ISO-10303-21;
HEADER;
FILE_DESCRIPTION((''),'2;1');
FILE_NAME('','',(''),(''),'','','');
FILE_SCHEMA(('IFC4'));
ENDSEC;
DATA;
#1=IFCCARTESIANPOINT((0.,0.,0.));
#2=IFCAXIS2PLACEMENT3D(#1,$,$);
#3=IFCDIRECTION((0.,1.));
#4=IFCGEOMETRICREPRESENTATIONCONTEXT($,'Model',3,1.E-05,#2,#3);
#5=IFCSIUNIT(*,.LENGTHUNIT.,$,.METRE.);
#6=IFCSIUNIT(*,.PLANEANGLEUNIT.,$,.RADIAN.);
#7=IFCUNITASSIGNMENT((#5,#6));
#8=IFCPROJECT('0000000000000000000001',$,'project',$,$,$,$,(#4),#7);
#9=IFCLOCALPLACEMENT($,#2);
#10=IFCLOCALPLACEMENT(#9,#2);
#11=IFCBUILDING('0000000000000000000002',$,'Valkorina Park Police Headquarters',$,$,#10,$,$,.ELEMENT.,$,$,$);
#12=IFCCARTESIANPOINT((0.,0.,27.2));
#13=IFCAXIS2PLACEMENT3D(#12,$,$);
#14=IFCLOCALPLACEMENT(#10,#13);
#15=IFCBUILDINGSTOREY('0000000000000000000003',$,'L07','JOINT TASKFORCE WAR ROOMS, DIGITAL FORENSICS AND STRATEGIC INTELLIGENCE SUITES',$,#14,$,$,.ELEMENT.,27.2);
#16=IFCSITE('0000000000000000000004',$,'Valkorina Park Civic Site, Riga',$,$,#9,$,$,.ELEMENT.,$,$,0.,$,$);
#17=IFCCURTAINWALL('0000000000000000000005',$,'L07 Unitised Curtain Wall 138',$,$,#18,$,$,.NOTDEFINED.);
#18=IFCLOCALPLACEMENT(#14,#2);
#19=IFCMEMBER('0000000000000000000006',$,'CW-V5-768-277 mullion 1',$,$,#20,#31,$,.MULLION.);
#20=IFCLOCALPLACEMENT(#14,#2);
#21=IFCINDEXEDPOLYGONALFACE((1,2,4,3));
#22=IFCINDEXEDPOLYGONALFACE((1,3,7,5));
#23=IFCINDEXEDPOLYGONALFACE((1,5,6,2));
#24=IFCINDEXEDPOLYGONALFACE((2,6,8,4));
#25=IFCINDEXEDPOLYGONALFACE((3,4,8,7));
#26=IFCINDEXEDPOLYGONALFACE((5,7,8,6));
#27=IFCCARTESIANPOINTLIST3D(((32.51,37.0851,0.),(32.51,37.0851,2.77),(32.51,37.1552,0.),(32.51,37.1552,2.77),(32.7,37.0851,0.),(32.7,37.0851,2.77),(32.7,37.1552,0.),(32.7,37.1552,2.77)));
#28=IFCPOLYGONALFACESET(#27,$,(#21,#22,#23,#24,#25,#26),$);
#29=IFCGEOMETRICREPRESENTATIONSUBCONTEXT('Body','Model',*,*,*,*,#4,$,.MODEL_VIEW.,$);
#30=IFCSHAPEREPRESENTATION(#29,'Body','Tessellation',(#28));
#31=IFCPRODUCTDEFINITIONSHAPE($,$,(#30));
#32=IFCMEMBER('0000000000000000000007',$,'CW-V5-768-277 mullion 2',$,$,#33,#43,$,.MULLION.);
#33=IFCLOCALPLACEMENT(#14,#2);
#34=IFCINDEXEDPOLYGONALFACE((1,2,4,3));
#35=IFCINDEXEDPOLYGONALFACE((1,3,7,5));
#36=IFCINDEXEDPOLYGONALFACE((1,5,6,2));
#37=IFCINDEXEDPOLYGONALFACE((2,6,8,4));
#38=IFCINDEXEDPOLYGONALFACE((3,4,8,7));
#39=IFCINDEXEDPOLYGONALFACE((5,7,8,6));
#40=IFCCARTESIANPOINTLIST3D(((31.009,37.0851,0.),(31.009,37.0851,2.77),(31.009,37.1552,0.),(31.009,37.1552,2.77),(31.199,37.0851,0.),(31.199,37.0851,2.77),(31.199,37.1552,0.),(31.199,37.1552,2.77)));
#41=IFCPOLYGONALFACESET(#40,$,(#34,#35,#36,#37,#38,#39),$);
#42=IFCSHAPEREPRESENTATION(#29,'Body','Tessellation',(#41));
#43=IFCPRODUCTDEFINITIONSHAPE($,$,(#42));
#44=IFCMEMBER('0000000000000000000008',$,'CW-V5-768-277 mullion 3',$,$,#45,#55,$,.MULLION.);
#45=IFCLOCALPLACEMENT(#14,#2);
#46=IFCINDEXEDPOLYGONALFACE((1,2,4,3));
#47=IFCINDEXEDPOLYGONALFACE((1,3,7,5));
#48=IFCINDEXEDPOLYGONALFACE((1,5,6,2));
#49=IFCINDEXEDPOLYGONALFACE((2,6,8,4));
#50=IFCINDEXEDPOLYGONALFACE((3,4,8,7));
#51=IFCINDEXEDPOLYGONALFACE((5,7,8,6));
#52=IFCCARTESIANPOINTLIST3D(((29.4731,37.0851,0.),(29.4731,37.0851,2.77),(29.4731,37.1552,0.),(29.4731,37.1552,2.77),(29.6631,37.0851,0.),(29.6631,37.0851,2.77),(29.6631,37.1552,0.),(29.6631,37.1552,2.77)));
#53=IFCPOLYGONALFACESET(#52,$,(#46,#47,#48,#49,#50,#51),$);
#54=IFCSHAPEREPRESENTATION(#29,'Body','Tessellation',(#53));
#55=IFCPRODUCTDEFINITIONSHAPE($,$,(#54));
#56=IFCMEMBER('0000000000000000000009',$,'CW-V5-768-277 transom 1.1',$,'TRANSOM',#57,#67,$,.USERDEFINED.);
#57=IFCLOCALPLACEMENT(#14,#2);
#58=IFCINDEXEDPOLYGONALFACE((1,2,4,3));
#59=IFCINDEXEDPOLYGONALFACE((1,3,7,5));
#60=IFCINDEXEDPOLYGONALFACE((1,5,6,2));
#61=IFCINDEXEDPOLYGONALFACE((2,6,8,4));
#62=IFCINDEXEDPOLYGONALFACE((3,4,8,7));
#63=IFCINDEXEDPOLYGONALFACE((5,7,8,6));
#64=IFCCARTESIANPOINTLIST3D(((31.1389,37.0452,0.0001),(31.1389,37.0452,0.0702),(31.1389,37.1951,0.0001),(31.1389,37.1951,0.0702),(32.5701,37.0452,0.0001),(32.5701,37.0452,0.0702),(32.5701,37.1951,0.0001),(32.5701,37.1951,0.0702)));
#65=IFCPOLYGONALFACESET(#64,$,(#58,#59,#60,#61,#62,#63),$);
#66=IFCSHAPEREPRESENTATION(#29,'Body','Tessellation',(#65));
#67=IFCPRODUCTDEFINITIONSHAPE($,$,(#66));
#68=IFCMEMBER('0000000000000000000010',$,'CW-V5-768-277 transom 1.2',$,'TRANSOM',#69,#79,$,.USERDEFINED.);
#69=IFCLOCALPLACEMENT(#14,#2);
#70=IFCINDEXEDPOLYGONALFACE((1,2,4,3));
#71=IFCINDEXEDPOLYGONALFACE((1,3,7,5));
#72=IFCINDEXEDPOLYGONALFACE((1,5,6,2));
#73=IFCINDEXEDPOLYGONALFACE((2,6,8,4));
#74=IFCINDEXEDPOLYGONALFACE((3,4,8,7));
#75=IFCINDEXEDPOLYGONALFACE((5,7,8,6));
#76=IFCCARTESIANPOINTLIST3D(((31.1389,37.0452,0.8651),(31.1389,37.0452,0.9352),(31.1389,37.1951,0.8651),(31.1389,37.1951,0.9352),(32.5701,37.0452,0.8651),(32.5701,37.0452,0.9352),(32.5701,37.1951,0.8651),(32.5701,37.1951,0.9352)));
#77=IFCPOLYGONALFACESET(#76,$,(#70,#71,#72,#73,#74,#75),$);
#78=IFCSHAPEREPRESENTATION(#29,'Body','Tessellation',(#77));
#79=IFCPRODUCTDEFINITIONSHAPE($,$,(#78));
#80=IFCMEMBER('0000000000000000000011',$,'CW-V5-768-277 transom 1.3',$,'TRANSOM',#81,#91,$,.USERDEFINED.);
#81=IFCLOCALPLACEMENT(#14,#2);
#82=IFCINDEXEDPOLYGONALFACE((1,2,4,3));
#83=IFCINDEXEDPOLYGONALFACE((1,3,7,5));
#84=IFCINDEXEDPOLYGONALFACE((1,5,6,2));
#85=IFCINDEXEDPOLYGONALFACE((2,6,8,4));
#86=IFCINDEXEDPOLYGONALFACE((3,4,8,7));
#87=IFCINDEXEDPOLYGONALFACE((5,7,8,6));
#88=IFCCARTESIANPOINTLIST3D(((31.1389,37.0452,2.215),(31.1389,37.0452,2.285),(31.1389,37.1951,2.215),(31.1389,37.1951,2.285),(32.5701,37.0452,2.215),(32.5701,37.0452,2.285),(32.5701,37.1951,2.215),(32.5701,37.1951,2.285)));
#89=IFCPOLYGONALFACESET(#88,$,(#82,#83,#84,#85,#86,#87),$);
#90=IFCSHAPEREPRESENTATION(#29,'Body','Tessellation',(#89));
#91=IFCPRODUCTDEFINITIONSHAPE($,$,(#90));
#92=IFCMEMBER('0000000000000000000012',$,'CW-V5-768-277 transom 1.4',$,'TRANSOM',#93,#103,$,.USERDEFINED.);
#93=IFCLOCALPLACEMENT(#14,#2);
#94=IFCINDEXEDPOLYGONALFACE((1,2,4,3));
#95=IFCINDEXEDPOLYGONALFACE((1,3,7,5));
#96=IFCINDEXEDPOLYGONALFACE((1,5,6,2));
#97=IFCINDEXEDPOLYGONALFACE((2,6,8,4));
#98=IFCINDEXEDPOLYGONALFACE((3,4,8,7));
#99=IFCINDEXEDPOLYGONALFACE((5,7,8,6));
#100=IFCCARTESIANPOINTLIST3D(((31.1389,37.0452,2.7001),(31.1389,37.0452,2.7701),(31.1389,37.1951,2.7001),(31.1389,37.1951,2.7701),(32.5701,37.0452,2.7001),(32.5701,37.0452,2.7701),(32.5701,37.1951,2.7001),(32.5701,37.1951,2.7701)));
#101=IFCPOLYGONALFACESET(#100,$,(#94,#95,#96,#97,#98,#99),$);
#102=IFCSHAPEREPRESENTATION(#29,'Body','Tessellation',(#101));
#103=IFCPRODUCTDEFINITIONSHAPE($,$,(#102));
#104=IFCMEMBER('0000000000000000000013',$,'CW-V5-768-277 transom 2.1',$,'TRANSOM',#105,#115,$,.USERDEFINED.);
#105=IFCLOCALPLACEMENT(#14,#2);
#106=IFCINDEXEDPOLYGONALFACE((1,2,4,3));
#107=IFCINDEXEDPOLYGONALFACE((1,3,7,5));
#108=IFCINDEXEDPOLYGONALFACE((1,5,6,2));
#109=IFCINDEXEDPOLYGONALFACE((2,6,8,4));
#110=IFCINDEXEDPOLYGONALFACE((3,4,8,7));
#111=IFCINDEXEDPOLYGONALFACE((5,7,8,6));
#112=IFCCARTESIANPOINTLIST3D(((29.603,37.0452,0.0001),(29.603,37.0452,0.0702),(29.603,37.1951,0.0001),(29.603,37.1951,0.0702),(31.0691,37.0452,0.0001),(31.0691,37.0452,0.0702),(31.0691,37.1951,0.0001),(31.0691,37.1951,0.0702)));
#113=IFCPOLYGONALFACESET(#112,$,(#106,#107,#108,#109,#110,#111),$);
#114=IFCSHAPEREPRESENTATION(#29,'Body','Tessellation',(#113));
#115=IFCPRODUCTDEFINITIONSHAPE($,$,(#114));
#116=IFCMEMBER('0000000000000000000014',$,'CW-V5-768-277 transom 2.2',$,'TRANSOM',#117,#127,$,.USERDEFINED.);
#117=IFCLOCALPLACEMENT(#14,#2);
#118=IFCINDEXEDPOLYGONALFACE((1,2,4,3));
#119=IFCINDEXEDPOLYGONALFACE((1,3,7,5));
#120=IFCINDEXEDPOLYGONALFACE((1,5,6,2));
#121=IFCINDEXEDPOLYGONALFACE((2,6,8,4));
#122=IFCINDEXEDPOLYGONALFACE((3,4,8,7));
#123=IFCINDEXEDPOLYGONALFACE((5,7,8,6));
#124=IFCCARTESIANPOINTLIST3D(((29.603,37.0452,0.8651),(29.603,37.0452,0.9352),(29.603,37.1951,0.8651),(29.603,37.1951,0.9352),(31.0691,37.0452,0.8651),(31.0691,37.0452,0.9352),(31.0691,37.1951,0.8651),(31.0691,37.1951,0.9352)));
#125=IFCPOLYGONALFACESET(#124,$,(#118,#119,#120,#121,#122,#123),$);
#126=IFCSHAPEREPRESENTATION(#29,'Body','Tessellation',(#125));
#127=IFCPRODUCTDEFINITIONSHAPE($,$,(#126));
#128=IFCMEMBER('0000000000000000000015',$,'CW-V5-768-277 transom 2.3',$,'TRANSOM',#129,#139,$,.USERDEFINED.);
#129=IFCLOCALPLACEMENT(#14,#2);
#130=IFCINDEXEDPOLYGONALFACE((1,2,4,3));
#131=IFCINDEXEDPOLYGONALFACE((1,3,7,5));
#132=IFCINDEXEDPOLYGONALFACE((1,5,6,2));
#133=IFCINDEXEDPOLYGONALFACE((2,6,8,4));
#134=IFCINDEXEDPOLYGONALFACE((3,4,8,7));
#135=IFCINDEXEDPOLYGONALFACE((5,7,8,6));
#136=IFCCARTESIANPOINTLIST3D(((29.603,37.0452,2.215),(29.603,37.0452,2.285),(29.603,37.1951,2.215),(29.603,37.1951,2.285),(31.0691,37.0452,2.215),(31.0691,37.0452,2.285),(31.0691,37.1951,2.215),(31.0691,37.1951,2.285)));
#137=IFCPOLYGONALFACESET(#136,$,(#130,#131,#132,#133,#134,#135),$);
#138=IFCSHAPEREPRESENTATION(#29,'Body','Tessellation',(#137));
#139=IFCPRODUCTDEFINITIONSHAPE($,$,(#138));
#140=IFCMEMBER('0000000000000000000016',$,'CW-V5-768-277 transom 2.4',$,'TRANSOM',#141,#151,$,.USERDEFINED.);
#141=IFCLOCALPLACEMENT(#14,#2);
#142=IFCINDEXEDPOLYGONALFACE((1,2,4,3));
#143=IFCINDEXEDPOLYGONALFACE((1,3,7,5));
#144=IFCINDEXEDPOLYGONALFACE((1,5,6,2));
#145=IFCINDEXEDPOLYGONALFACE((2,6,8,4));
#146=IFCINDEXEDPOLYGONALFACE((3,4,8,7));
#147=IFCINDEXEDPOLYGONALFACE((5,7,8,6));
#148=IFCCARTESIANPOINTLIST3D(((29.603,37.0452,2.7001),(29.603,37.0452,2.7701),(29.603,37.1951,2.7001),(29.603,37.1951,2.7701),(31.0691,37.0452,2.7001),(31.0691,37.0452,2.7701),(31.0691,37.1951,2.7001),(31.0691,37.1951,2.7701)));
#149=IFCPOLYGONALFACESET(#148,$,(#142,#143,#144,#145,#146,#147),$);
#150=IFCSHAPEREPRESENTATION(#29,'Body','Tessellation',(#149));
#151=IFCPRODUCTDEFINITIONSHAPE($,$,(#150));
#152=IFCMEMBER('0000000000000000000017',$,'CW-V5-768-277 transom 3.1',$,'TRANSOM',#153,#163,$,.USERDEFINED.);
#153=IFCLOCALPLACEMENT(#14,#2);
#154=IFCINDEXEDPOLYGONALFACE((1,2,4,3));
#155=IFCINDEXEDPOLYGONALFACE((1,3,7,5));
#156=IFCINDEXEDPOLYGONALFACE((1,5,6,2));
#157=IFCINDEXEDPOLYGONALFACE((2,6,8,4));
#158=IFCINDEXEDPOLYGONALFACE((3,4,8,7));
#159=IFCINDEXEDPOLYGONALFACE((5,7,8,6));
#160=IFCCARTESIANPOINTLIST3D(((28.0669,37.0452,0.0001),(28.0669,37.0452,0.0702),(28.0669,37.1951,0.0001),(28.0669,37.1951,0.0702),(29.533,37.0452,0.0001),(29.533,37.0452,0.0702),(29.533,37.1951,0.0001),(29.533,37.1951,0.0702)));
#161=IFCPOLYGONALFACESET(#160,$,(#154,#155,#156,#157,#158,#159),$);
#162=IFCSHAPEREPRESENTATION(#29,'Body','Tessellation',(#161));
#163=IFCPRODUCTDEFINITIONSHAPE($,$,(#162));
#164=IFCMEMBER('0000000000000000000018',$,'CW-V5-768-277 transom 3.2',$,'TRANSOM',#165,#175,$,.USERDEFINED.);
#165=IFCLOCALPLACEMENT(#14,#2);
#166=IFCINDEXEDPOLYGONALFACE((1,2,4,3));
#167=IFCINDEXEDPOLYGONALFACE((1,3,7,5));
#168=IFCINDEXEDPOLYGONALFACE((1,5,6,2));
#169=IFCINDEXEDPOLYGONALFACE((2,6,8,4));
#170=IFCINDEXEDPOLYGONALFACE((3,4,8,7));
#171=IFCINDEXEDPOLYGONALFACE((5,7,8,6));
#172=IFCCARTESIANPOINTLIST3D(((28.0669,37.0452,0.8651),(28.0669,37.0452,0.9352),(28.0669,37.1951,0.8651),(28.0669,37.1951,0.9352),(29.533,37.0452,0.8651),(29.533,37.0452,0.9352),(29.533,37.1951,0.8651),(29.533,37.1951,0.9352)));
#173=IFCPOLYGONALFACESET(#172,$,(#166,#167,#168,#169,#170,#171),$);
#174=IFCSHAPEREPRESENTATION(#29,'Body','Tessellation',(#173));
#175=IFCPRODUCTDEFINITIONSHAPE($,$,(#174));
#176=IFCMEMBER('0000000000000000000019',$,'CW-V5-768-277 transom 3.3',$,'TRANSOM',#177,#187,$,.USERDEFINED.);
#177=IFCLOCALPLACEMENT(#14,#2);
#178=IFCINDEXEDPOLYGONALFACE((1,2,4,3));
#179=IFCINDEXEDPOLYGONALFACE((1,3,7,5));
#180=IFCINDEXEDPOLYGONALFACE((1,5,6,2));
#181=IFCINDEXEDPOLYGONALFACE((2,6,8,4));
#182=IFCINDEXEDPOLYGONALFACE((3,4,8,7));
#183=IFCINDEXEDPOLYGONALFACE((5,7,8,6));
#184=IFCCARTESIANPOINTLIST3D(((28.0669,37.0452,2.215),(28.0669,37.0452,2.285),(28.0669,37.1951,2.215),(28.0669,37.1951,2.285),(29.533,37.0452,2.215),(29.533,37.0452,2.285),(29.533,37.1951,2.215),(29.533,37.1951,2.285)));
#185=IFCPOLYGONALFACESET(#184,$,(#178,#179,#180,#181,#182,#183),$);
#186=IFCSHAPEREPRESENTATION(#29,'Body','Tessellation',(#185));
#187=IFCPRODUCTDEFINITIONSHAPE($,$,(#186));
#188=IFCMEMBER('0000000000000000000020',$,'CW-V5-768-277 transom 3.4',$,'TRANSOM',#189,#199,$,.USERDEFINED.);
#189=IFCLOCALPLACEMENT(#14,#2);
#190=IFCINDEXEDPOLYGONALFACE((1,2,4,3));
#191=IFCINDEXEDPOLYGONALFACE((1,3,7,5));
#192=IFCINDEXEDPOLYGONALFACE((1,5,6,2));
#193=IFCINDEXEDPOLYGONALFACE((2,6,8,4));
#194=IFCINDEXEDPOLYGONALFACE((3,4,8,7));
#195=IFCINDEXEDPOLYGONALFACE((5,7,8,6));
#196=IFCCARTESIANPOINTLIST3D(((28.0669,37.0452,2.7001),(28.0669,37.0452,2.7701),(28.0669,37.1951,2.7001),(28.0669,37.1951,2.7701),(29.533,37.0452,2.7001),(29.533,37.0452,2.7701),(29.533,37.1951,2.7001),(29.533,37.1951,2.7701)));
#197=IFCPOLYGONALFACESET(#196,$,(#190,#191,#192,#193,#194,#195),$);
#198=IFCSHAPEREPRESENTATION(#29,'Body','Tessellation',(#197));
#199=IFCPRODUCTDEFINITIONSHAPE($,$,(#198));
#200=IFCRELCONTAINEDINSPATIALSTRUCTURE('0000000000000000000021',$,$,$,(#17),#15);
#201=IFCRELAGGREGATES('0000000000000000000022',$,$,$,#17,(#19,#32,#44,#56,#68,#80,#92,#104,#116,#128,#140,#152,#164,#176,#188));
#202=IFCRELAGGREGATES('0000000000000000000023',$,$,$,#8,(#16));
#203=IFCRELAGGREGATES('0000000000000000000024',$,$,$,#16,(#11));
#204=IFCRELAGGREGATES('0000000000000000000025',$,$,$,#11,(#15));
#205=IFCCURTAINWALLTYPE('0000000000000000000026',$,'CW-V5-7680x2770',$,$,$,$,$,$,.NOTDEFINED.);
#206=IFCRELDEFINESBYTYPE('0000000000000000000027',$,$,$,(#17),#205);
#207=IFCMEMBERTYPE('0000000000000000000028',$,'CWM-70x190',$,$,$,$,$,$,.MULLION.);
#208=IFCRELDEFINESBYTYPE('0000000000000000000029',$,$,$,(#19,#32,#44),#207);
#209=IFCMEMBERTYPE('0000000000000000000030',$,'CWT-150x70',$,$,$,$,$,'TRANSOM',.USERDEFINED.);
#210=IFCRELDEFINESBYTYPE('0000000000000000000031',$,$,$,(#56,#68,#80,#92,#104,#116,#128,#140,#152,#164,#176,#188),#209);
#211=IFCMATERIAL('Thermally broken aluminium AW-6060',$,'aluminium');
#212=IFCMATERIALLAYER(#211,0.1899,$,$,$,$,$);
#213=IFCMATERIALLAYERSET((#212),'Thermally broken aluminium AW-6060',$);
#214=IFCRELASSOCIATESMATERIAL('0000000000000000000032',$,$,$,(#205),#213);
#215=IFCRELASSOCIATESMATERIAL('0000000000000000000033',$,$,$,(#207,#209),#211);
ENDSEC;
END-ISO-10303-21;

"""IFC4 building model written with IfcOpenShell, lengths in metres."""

from ifc_helpers import new_model, si_unit, direction, frame, origin, origin_2d, place, context, subcontext, project, spatial, rectangle, extrude, material, layer, layer_set, material_profile, profile_set, type_object, element, aggregate, save


model = new_model("IFC4")

# Units and contexts
model_context = context("Model", 3, precision=1e-05, world=origin(), true_north=direction((0.0, 1.0)))
body_context = subcontext(model_context, "Body", "Model", "MODEL_VIEW")
ifc_project = project(units=[si_unit("LENGTHUNIT", "METRE"), si_unit("PLANEANGLEUNIT", "RADIAN")], contexts=[model_context])

# Site, building, storey
site_placement = place(None, origin())
site = spatial("IfcSite", under=ifc_project, at=site_placement, Name="Valkorina Park Civic Site, Riga", CompositionType="ELEMENT", RefElevation=0.0)
building_placement = place(site_placement, origin())
building = spatial("IfcBuilding", under=site, at=building_placement, Name="Valkorina Park Police Headquarters", CompositionType="ELEMENT")
storey_placement = place(building_placement, frame((0.0, 0.0, 27.2)))
storey = spatial("IfcBuildingStorey", under=building, at=storey_placement, Name="L07", Description="JOINT TASKFORCE WAR ROOMS, DIGITAL FORENSICS AND STRATEGIC INTELLIGENCE SUITES", CompositionType="ELEMENT", Elevation=27.2)

# Curtain wall, members
ifc_material_1 = material(Name="Thermally broken aluminium AW-6060", Category="aluminium")
ifc_layer_1 = layer(ifc_material_1, 0.1899)
ifc_layer_set_1 = layer_set([ifc_layer_1], Name="Thermally broken aluminium AW-6060")
curtain_wall_type = type_object("IfcCurtainWallType", Name="CW-V5-7680x2770", PredefinedType="NOTDEFINED", material=ifc_layer_set_1)
curtain_wall_placement = place(storey_placement, origin())
curtain_wall = element("IfcCurtainWall", 1, at=curtain_wall_placement, inside=storey, type_object=curtain_wall_type, Name="L07 Unitised Curtain Wall 138", PredefinedType="NOTDEFINED")
ifc_material_profile_1 = material_profile(ifc_material_1, rectangle(XDim=0.0701, YDim=0.1899, at=origin_2d()), Name="CWM-02 70x190")
ifc_profile_set_1 = profile_set([ifc_material_profile_1], Name="Thermally broken aluminium AW-6060")
member_type_1 = type_object("IfcMemberType", Name="CWM-70x190", PredefinedType="MULLION", material=ifc_profile_set_1)
member_1_placement = place(storey_placement, frame((32.605, 37.1201, 0.0), z_axis=(0.0, 0.0, 1.0), x_axis=(0.0, -1.0, 0.0)))
member_1 = element("IfcMember", 2, at=member_1_placement, type_object=member_type_1, Name="CW-V5-768-277 mullion 1", PredefinedType="MULLION", context=body_context, shape_type="SweptSolid", body=[
    extrude(rectangle(XDim=0.0701, YDim=0.1899, at=origin_2d()), origin(), (0.0, 0.0, 1.0), 2.77),
])
member_2_placement = place(storey_placement, frame((31.104, 37.1201, 0.0), z_axis=(0.0, 0.0, 1.0), x_axis=(0.0, -1.0, 0.0)))
member_2 = element("IfcMember", 3, at=member_2_placement, type_object=member_type_1, Name="CW-V5-768-277 mullion 2", PredefinedType="MULLION", context=body_context, shape_type="SweptSolid", body=[
    extrude(rectangle(XDim=0.0701, YDim=0.1899, at=origin_2d()), origin(), (0.0, 0.0, 1.0), 2.77),
])
member_3_placement = place(storey_placement, frame((29.5681, 37.1201, 0.0), z_axis=(0.0, 0.0, 1.0), x_axis=(0.0, -1.0, 0.0)))
member_3 = element("IfcMember", 4, at=member_3_placement, type_object=member_type_1, Name="CW-V5-768-277 mullion 3", PredefinedType="MULLION", context=body_context, shape_type="SweptSolid", body=[
    extrude(rectangle(XDim=0.0701, YDim=0.1899, at=origin_2d()), origin(), (0.0, 0.0, 1.0), 2.77),
])
ifc_material_profile_2 = material_profile(ifc_material_1, rectangle(XDim=0.1499, YDim=0.0701, at=origin_2d()), Name="CWT-02 150x70")
ifc_profile_set_2 = profile_set([ifc_material_profile_2], Name="Thermally broken aluminium AW-6060")
member_type_2 = type_object("IfcMemberType", Name="CWT-150x70", ElementType="TRANSOM", PredefinedType="USERDEFINED", material=ifc_profile_set_2)
member_4_placement = place(storey_placement, frame((32.5701, 37.1201, 0.0352), z_axis=(-1.0, 0.0, 0.0), x_axis=(0.0, -1.0, 0.0)))
member_4 = element("IfcMember", 5, at=member_4_placement, type_object=member_type_2, Name="CW-V5-768-277 transom 1.1", ObjectType="TRANSOM", PredefinedType="USERDEFINED", context=body_context, shape_type="SweptSolid", body=[
    extrude(rectangle(XDim=0.1499, YDim=0.0701, at=origin_2d()), origin(), (0.0, 0.0, 1.0), 1.4312),
])
member_5_placement = place(storey_placement, frame((32.5701, 37.1201, 0.9001), z_axis=(-1.0, 0.0, 0.0), x_axis=(0.0, -1.0, 0.0)))
member_5 = element("IfcMember", 6, at=member_5_placement, type_object=member_type_2, Name="CW-V5-768-277 transom 1.2", ObjectType="TRANSOM", PredefinedType="USERDEFINED", context=body_context, shape_type="SweptSolid", body=[
    extrude(rectangle(XDim=0.1499, YDim=0.0701, at=origin_2d()), origin(), (0.0, 0.0, 1.0), 1.4312),
])
member_6_placement = place(storey_placement, frame((32.5701, 37.1201, 2.25), z_axis=(-1.0, 0.0, 0.0), x_axis=(0.0, -1.0, 0.0)))
member_6 = element("IfcMember", 7, at=member_6_placement, type_object=member_type_2, Name="CW-V5-768-277 transom 1.3", ObjectType="TRANSOM", PredefinedType="USERDEFINED", context=body_context, shape_type="SweptSolid", body=[
    extrude(rectangle(XDim=0.1499, YDim=0.0701, at=origin_2d()), origin(), (0.0, 0.0, 1.0), 1.4312),
])
member_7_placement = place(storey_placement, frame((32.5701, 37.1201, 2.7351), z_axis=(-1.0, 0.0, 0.0), x_axis=(0.0, -1.0, 0.0)))
member_7 = element("IfcMember", 8, at=member_7_placement, type_object=member_type_2, Name="CW-V5-768-277 transom 1.4", ObjectType="TRANSOM", PredefinedType="USERDEFINED", context=body_context, shape_type="SweptSolid", body=[
    extrude(rectangle(XDim=0.1499, YDim=0.0701, at=origin_2d()), origin(), (0.0, 0.0, 1.0), 1.4312),
])
member_8_placement = place(storey_placement, frame((31.0691, 37.1201, 0.0352), z_axis=(-1.0, 0.0, 0.0), x_axis=(0.0, -1.0, 0.0)))
member_8 = element("IfcMember", 9, at=member_8_placement, type_object=member_type_2, Name="CW-V5-768-277 transom 2.1", ObjectType="TRANSOM", PredefinedType="USERDEFINED", context=body_context, shape_type="SweptSolid", body=[
    extrude(rectangle(XDim=0.1499, YDim=0.0701, at=origin_2d()), origin(), (0.0, 0.0, 1.0), 1.4661),
])
member_9_placement = place(storey_placement, frame((31.0691, 37.1201, 0.9001), z_axis=(-1.0, 0.0, 0.0), x_axis=(0.0, -1.0, 0.0)))
member_9 = element("IfcMember", 10, at=member_9_placement, type_object=member_type_2, Name="CW-V5-768-277 transom 2.2", ObjectType="TRANSOM", PredefinedType="USERDEFINED", context=body_context, shape_type="SweptSolid", body=[
    extrude(rectangle(XDim=0.1499, YDim=0.0701, at=origin_2d()), origin(), (0.0, 0.0, 1.0), 1.4661),
])
member_10_placement = place(storey_placement, frame((31.0691, 37.1201, 2.25), z_axis=(-1.0, 0.0, 0.0), x_axis=(0.0, -1.0, 0.0)))
member_10 = element("IfcMember", 11, at=member_10_placement, type_object=member_type_2, Name="CW-V5-768-277 transom 2.3", ObjectType="TRANSOM", PredefinedType="USERDEFINED", context=body_context, shape_type="SweptSolid", body=[
    extrude(rectangle(XDim=0.1499, YDim=0.0701, at=origin_2d()), origin(), (0.0, 0.0, 1.0), 1.4661),
])
member_11_placement = place(storey_placement, frame((31.0691, 37.1201, 2.7351), z_axis=(-1.0, 0.0, 0.0), x_axis=(0.0, -1.0, 0.0)))
member_11 = element("IfcMember", 12, at=member_11_placement, type_object=member_type_2, Name="CW-V5-768-277 transom 2.4", ObjectType="TRANSOM", PredefinedType="USERDEFINED", context=body_context, shape_type="SweptSolid", body=[
    extrude(rectangle(XDim=0.1499, YDim=0.0701, at=origin_2d()), origin(), (0.0, 0.0, 1.0), 1.4661),
])
member_12_placement = place(storey_placement, frame((29.533, 37.1201, 0.0352), z_axis=(-1.0, 0.0, 0.0), x_axis=(0.0, -1.0, 0.0)))
member_12 = element("IfcMember", 13, at=member_12_placement, type_object=member_type_2, Name="CW-V5-768-277 transom 3.1", ObjectType="TRANSOM", PredefinedType="USERDEFINED", context=body_context, shape_type="SweptSolid", body=[
    extrude(rectangle(XDim=0.1499, YDim=0.0701, at=origin_2d()), origin(), (0.0, 0.0, 1.0), 1.4661),
])
member_13_placement = place(storey_placement, frame((29.533, 37.1201, 0.9001), z_axis=(-1.0, 0.0, 0.0), x_axis=(0.0, -1.0, 0.0)))
member_13 = element("IfcMember", 14, at=member_13_placement, type_object=member_type_2, Name="CW-V5-768-277 transom 3.2", ObjectType="TRANSOM", PredefinedType="USERDEFINED", context=body_context, shape_type="SweptSolid", body=[
    extrude(rectangle(XDim=0.1499, YDim=0.0701, at=origin_2d()), origin(), (0.0, 0.0, 1.0), 1.4661),
])
member_14_placement = place(storey_placement, frame((29.533, 37.1201, 2.25), z_axis=(-1.0, 0.0, 0.0), x_axis=(0.0, -1.0, 0.0)))
member_14 = element("IfcMember", 15, at=member_14_placement, type_object=member_type_2, Name="CW-V5-768-277 transom 3.3", ObjectType="TRANSOM", PredefinedType="USERDEFINED", context=body_context, shape_type="SweptSolid", body=[
    extrude(rectangle(XDim=0.1499, YDim=0.0701, at=origin_2d()), origin(), (0.0, 0.0, 1.0), 1.4661),
])
member_15_placement = place(storey_placement, frame((29.533, 37.1201, 2.7351), z_axis=(-1.0, 0.0, 0.0), x_axis=(0.0, -1.0, 0.0)))
member_15 = element("IfcMember", 16, at=member_15_placement, type_object=member_type_2, Name="CW-V5-768-277 transom 3.4", ObjectType="TRANSOM", PredefinedType="USERDEFINED", context=body_context, shape_type="SweptSolid", body=[
    extrude(rectangle(XDim=0.1499, YDim=0.0701, at=origin_2d()), origin(), (0.0, 0.0, 1.0), 1.4661),
])
aggregate(curtain_wall, [member_1, member_2, member_3, member_4, member_5, member_6, member_7, member_8, member_9, member_10, member_11, member_12, member_13, member_14, member_15])

save(model, "model.ifc")
